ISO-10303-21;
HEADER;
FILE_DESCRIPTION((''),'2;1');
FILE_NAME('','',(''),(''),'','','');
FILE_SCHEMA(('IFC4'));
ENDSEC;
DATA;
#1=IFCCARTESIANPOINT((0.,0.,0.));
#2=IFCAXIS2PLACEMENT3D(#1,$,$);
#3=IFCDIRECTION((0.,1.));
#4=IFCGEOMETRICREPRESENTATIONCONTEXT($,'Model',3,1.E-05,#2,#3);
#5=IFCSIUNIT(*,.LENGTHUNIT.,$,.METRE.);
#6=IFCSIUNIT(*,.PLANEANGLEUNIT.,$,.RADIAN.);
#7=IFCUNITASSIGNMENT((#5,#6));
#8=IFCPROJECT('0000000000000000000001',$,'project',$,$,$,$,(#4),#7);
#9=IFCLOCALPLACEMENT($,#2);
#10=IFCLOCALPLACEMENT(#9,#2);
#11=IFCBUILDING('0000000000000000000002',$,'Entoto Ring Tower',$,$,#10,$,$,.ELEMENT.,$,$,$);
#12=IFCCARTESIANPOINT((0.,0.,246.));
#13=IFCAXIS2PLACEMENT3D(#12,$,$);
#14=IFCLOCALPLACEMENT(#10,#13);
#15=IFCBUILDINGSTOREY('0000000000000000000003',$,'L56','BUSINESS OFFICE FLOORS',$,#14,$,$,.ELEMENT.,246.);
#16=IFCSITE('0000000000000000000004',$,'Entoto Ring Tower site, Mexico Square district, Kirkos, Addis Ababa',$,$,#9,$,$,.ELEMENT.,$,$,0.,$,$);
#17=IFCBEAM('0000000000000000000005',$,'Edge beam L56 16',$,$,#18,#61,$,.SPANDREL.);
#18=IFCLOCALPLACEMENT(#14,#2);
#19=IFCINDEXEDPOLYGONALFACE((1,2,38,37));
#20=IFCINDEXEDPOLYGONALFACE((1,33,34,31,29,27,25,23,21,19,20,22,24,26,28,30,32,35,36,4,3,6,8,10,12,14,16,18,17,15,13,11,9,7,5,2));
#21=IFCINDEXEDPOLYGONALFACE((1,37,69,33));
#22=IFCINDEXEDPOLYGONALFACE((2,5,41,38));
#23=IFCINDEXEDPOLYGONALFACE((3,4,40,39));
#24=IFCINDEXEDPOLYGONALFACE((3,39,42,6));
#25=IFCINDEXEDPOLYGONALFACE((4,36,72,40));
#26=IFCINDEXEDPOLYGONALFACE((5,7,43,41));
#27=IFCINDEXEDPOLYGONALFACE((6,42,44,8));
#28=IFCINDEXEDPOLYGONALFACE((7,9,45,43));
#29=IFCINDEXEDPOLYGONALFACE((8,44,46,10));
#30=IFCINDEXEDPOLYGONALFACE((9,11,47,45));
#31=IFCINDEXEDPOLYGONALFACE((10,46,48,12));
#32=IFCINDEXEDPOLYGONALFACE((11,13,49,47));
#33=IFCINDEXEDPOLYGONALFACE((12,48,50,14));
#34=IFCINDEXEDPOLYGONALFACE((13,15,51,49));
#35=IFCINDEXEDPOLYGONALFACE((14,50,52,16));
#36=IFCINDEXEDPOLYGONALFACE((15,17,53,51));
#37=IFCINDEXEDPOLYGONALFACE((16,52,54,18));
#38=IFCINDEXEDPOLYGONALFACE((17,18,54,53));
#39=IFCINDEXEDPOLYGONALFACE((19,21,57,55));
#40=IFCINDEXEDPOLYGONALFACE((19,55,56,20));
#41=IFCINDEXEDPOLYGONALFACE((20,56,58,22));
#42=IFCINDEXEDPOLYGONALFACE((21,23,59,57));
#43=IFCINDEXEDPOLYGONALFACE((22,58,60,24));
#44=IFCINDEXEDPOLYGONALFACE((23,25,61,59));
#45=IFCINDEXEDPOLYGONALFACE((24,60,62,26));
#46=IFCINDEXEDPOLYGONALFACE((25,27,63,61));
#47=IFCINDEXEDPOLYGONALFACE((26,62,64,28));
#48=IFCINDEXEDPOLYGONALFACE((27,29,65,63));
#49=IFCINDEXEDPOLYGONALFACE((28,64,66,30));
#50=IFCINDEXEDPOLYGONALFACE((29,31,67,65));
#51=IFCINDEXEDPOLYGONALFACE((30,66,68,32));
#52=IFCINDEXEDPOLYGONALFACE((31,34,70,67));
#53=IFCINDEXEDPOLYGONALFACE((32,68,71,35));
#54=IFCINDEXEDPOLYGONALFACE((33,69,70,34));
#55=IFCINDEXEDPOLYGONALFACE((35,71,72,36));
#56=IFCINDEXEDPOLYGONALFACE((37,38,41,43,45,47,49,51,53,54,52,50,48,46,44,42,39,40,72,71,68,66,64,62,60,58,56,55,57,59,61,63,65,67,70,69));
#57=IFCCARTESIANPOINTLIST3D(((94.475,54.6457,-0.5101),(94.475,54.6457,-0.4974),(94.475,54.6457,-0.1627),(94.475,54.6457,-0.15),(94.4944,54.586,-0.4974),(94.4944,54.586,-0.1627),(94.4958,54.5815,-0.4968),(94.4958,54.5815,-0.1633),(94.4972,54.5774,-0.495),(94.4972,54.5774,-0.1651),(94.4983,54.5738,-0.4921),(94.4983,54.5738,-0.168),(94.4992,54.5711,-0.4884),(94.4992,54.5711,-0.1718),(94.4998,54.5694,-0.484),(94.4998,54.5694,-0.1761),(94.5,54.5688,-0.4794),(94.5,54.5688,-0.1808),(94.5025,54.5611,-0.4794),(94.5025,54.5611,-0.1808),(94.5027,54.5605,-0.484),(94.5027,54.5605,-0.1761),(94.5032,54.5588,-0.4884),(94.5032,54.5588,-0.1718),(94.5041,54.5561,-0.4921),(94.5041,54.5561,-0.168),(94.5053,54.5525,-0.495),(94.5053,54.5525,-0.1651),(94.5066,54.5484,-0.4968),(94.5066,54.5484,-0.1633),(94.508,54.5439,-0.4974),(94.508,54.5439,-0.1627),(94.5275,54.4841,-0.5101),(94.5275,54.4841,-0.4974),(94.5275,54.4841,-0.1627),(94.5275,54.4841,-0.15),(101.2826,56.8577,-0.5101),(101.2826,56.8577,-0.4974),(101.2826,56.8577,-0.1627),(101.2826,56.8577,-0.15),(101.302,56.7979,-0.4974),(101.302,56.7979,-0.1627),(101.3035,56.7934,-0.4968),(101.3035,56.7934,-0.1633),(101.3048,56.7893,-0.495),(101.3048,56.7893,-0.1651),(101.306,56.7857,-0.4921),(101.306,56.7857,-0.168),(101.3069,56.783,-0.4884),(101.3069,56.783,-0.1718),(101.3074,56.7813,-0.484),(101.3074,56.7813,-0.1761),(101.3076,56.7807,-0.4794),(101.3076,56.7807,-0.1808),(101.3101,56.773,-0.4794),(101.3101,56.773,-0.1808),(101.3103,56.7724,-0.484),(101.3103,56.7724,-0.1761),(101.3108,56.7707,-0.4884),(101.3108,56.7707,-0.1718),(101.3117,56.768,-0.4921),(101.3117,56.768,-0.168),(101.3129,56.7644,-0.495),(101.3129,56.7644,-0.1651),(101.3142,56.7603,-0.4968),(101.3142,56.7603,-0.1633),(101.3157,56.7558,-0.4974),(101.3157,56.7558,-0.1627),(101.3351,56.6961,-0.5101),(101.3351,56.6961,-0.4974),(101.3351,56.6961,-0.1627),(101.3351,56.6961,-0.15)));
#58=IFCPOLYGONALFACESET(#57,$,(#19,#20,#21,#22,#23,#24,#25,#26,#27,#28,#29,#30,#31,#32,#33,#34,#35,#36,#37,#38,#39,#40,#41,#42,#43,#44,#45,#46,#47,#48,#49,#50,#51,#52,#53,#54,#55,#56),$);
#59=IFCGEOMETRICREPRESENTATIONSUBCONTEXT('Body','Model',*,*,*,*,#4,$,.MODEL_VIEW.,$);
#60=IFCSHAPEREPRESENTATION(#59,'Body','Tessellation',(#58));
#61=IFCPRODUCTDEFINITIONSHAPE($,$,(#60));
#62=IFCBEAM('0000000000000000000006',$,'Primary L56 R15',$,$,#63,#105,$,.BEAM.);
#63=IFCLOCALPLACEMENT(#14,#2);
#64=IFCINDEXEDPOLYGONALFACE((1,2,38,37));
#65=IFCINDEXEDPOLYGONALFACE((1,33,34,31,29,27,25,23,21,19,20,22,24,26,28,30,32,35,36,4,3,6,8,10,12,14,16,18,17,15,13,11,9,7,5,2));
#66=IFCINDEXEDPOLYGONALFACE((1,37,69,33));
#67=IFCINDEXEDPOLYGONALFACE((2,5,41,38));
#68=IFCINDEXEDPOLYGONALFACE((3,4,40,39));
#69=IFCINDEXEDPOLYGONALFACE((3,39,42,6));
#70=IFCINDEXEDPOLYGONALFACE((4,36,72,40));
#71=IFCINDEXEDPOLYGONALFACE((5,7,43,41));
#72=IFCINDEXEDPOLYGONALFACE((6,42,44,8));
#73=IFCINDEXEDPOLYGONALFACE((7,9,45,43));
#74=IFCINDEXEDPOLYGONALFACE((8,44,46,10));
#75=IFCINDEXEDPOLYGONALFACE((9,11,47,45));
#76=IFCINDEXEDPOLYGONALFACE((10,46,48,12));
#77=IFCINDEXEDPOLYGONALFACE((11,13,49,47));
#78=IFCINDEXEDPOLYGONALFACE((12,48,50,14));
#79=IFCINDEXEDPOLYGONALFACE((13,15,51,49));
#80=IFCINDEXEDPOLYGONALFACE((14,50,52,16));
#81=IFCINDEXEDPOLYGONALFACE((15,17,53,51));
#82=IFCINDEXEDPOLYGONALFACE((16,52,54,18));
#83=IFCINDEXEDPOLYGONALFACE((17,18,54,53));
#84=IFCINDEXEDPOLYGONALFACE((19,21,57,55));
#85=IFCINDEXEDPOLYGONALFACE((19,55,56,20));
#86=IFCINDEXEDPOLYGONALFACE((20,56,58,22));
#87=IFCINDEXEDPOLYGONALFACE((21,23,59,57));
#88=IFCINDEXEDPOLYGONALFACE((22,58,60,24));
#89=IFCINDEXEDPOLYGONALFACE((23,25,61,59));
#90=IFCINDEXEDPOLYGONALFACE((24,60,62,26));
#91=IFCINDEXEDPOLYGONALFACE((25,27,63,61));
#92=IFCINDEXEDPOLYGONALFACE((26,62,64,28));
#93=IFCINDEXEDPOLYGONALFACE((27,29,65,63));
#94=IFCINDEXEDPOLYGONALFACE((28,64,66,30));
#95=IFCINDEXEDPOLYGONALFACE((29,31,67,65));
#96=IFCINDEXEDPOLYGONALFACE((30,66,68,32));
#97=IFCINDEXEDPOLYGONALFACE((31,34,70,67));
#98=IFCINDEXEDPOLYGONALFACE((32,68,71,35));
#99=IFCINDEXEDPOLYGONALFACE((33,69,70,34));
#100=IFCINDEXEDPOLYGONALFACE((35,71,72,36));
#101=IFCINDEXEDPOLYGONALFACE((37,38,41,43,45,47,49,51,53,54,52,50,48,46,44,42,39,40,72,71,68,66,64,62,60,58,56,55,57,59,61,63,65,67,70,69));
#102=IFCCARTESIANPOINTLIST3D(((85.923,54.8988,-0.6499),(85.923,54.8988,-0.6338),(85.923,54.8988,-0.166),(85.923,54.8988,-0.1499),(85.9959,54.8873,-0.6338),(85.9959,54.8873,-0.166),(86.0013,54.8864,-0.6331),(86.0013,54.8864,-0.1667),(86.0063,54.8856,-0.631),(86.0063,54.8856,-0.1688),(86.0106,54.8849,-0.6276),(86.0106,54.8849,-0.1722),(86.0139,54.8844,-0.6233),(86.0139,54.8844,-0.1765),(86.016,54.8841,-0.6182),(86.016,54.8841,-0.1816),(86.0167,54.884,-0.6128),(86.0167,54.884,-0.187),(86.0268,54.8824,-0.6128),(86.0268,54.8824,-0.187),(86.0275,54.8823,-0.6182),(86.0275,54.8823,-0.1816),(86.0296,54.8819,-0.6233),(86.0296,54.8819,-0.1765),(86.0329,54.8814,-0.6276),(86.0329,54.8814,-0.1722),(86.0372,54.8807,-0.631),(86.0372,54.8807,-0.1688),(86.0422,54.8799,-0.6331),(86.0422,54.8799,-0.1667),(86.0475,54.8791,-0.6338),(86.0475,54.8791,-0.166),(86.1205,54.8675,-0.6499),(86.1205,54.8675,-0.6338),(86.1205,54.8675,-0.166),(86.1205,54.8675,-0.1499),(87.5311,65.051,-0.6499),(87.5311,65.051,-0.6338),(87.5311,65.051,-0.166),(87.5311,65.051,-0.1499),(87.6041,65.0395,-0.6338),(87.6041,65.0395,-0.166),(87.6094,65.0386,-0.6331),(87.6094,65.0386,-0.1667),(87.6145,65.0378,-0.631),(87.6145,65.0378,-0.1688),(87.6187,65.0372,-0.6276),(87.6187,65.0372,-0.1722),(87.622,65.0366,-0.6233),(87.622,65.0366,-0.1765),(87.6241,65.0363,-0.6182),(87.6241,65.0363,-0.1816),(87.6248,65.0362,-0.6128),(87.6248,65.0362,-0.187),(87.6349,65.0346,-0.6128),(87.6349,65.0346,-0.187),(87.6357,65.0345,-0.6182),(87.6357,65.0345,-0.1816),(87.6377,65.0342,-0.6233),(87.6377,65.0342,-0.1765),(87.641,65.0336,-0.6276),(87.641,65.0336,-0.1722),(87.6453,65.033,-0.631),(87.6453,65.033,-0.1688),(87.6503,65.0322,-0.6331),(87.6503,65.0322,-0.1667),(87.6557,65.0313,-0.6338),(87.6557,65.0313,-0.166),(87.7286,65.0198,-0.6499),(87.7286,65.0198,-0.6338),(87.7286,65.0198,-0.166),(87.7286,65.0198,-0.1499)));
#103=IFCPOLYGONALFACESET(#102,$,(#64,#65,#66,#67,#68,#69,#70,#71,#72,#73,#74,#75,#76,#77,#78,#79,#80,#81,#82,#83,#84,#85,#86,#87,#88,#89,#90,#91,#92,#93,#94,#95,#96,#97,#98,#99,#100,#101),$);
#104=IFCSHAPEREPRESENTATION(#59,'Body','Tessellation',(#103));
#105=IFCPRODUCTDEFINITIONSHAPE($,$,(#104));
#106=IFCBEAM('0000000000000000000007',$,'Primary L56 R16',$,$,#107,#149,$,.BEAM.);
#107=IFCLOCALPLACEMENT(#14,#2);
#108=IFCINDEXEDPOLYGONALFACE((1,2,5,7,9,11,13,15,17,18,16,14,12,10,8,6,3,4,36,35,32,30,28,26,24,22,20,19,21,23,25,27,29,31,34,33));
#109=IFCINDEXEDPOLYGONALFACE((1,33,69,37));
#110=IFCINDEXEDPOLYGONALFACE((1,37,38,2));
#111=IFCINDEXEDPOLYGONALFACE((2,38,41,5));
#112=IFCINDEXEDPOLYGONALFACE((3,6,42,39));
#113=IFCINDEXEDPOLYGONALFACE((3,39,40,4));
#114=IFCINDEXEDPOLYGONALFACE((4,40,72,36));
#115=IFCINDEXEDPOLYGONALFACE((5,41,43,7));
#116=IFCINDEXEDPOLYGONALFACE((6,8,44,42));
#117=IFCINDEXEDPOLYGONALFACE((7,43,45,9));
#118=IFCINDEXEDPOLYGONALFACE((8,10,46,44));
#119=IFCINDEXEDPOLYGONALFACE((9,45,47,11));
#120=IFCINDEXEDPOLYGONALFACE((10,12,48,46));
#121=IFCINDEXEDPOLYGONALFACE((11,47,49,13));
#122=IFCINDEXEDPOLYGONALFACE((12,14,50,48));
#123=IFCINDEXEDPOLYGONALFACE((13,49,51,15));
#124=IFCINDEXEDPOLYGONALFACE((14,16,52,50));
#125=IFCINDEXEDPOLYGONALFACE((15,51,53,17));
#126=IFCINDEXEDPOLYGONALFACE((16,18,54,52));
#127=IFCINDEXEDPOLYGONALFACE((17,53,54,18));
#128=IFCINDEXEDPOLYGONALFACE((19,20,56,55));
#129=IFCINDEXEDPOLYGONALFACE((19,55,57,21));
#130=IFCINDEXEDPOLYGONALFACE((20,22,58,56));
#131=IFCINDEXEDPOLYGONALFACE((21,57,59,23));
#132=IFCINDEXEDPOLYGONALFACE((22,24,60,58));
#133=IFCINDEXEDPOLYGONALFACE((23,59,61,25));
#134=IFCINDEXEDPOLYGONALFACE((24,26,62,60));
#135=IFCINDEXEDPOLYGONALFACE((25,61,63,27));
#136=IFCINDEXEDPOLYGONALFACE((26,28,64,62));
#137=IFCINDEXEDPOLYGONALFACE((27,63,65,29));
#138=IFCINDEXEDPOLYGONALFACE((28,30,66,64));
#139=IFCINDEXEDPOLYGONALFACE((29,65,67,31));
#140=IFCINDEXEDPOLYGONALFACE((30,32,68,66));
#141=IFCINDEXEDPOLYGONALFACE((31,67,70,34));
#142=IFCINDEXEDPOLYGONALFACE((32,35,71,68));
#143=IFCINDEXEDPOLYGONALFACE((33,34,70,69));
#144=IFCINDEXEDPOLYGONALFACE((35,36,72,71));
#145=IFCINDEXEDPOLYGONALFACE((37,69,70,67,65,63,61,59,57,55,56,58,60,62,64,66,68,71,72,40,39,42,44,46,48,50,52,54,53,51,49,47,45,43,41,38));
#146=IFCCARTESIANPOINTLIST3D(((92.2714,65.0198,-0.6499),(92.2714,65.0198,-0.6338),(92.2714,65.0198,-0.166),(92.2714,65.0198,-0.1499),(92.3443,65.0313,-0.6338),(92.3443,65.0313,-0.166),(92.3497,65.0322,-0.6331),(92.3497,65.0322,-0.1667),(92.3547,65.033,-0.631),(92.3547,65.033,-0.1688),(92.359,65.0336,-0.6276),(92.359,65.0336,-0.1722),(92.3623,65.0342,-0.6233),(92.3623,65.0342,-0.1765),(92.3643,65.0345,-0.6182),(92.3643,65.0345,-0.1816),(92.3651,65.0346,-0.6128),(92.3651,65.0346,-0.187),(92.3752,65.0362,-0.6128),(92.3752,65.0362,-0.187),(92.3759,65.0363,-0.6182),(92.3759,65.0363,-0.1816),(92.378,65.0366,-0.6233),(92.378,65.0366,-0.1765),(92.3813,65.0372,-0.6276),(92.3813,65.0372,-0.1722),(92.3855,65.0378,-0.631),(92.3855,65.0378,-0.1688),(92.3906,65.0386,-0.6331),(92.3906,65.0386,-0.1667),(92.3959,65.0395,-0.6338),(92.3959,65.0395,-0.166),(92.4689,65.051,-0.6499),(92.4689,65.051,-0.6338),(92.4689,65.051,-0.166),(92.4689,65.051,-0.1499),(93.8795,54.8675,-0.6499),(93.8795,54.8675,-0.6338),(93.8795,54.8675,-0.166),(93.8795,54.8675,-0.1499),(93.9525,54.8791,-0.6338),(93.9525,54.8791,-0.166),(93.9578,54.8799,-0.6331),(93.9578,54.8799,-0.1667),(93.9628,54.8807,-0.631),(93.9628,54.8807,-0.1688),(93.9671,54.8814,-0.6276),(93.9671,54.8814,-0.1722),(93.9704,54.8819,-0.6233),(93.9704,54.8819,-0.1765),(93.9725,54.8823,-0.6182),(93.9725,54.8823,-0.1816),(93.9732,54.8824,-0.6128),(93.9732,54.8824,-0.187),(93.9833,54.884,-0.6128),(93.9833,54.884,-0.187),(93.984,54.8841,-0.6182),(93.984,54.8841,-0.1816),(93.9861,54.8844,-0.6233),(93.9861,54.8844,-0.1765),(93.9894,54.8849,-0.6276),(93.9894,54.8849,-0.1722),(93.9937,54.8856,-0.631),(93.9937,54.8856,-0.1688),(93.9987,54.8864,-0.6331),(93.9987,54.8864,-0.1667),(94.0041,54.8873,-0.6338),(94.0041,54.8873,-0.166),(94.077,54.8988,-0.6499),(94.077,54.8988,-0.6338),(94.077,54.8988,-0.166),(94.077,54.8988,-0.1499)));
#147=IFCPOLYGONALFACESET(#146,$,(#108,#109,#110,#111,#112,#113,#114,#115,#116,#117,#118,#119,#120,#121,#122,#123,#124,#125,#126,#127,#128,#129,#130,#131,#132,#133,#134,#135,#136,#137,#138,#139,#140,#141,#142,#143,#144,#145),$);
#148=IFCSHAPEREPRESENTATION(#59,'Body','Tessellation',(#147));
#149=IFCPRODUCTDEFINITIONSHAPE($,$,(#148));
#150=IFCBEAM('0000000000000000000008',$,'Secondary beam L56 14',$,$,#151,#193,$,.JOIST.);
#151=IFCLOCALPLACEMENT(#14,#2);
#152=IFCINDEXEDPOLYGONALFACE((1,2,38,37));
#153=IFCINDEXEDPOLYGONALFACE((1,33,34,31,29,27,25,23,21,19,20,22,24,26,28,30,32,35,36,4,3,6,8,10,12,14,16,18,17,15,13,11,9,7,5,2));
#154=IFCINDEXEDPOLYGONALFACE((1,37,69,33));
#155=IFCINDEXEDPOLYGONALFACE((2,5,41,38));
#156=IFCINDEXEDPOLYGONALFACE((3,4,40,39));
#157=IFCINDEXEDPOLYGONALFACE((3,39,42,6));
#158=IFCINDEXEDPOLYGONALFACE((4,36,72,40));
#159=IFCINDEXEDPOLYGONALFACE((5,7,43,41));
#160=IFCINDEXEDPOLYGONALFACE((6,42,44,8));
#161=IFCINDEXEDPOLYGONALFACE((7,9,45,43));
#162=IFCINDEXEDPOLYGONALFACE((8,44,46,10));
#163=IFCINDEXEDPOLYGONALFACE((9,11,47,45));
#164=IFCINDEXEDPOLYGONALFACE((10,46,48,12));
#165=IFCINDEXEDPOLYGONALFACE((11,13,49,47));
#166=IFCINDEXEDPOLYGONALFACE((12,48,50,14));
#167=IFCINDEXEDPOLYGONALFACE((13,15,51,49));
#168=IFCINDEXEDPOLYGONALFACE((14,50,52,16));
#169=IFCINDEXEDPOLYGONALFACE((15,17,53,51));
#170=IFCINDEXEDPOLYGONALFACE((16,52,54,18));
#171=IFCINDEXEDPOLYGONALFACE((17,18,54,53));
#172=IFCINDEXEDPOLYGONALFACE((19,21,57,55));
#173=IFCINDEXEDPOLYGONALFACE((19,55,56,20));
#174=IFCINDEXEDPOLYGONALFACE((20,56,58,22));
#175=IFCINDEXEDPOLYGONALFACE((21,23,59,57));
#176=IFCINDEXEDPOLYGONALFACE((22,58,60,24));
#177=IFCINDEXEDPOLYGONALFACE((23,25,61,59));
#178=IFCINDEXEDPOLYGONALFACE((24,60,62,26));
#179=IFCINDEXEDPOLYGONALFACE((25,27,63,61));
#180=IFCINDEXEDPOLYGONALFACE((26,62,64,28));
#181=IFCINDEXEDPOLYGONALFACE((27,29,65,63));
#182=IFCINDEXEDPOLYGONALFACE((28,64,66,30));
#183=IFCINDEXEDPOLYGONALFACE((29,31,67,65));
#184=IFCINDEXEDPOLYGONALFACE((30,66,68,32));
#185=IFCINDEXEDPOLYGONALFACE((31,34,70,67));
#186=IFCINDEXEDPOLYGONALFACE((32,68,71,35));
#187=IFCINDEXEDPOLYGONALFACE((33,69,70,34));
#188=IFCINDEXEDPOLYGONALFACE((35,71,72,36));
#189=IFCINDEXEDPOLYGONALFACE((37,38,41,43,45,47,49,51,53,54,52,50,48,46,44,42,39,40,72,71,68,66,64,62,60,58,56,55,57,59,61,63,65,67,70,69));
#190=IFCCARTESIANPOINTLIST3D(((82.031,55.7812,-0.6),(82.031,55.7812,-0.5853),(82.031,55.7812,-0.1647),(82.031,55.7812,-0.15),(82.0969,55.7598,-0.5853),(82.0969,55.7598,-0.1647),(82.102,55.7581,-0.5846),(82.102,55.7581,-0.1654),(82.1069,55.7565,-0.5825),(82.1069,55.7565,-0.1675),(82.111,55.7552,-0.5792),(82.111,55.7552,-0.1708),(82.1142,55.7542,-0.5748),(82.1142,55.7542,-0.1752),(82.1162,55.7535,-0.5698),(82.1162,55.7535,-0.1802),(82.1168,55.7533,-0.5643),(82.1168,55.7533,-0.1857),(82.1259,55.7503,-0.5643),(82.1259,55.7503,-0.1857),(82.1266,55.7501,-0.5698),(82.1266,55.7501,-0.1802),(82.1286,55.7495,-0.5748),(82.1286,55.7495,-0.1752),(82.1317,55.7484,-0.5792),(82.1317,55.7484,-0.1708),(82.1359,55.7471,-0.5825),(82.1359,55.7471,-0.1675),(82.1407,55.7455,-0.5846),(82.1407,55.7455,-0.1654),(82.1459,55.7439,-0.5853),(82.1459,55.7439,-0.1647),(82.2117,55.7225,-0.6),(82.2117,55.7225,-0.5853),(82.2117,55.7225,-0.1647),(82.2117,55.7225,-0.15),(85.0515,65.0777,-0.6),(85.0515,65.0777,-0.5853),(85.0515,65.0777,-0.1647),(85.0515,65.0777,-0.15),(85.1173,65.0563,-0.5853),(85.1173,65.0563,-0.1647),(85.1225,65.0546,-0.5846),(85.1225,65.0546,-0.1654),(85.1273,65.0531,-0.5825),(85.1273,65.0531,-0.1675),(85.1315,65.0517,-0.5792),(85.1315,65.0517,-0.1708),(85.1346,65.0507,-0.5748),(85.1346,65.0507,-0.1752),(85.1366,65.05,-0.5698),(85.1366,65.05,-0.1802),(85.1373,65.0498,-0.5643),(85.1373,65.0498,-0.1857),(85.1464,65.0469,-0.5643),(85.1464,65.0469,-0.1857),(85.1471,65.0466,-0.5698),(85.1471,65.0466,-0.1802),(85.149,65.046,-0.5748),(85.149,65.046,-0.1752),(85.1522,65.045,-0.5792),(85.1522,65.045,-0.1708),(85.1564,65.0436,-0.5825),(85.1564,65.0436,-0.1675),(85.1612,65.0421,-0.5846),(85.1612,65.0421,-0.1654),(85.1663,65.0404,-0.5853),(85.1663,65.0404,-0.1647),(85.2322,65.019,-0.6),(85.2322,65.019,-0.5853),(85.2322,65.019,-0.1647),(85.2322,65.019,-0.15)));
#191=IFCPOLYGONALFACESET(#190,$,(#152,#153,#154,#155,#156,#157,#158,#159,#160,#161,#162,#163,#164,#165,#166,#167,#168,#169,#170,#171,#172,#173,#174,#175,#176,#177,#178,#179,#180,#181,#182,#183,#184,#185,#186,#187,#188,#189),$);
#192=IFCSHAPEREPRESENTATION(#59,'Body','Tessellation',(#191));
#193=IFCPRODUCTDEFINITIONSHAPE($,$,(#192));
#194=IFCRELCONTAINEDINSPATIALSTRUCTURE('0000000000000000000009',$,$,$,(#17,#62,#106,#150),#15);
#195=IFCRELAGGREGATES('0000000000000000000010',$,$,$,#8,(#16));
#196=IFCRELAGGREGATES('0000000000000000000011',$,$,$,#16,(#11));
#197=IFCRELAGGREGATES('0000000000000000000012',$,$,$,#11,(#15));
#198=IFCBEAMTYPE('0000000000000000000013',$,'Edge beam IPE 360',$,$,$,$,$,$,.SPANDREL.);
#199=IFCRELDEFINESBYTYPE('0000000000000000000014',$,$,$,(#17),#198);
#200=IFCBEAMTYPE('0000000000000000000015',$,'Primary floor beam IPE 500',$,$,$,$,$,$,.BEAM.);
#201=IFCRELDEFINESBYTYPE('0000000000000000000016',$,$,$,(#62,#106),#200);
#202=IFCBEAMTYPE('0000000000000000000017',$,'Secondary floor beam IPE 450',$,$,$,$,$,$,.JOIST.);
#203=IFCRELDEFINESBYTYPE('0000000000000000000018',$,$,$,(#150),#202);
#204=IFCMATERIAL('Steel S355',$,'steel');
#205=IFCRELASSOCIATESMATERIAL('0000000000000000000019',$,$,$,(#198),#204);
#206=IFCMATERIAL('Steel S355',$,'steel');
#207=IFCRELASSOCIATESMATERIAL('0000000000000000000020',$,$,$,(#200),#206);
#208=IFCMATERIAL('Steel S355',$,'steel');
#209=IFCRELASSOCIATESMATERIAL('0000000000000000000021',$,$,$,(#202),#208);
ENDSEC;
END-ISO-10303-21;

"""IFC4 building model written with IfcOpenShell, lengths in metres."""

from ifc_helpers import new_model, si_unit, direction, frame, origin, origin_2d, place, context, subcontext, project, spatial, i_section, extrude, material, material_profile, profile_set, type_object, element, save


model = new_model("IFC4")

# Units and contexts
model_context = context("Model", 3, precision=1e-05, world=origin(), true_north=direction((0.0, 1.0)))
body_context = subcontext(model_context, "Body", "Model", "MODEL_VIEW")
ifc_project = project(units=[si_unit("LENGTHUNIT", "METRE"), si_unit("PLANEANGLEUNIT", "RADIAN")], contexts=[model_context])

# Site, building, storey
site_placement = place(None, origin())
site = spatial("IfcSite", under=ifc_project, at=site_placement, Name="Entoto Ring Tower site, Mexico Square district, Kirkos, Addis Ababa", CompositionType="ELEMENT", RefElevation=0.0)
building_placement = place(site_placement, origin())
building = spatial("IfcBuilding", under=site, at=building_placement, Name="Entoto Ring Tower", CompositionType="ELEMENT")
storey_placement = place(building_placement, frame((0.0, 0.0, 246.0)))
storey = spatial("IfcBuildingStorey", under=building, at=storey_placement, Name="L56", Description="BUSINESS OFFICE FLOORS", CompositionType="ELEMENT", Elevation=246.0)

# Beams
ifc_material_1 = material(Name="Steel S355", Category="steel")
ifc_material_profile_1 = material_profile(ifc_material_1, i_section(OverallWidth=0.1699, OverallDepth=0.3601, WebThickness=0.0081, FlangeThickness=0.0127, FilletRadius=0.0181, at=origin_2d()), Name="IPE 360")
ifc_profile_set_1 = profile_set([ifc_material_profile_1], Name="Steel S355")
beam_type_1 = type_object("IfcBeamType", Name="Edge beam IPE 360", PredefinedType="SPANDREL", material=ifc_profile_set_1)
beam_1_placement = place(storey_placement, frame((94.5012, 54.5649, -0.3301), z_axis=(0.951057, 0.309015, 0.0), x_axis=(-0.309015, 0.951057, 0.0)))
element("IfcBeam", 1, at=beam_1_placement, inside=storey, type_object=beam_type_1, Name="Edge beam L56 16", PredefinedType="SPANDREL", context=body_context, shape_type="SweptSolid", body=[
    extrude(i_section(OverallWidth=0.1699, OverallDepth=0.3601, WebThickness=0.0081, FlangeThickness=0.0127, FilletRadius=0.0181, at=origin_2d()), origin(), (0.0, 0.0, 1.0), 7.158),
])
ifc_material_2 = material(Name="Steel S355", Category="steel")
ifc_material_profile_2 = material_profile(ifc_material_2, i_section(OverallWidth=0.2, OverallDepth=0.5, WebThickness=0.0103, FlangeThickness=0.0161, FilletRadius=0.021, at=origin_2d()), Name="IPE 500")
ifc_profile_set_2 = profile_set([ifc_material_profile_2], Name="Steel S355")
beam_type_2 = type_object("IfcBeamType", Name="Primary floor beam IPE 500", PredefinedType="BEAM", material=ifc_profile_set_2)
for number, where, z_axis, x_axis, name in (
    (2, (87.6299, 65.0354, -0.3999), (-0.156452, -0.987686, 0.0), (0.987686, -0.156452, 0.0), "Primary L56 R15"),
    (3, (92.3701, 65.0354, -0.3999), (0.156452, -0.987686, 0.0), (0.987686, 0.156452, 0.0), "Primary L56 R16"),
):
    element("IfcBeam", number, at=place(storey_placement, frame(where, z_axis=z_axis, x_axis=x_axis)), inside=storey, type_object=beam_type_2, Name=name, PredefinedType="BEAM", context=body_context, shape_type="SweptSolid", body=[
        extrude(i_section(OverallWidth=0.2, OverallDepth=0.5, WebThickness=0.0103, FlangeThickness=0.0161, FilletRadius=0.021, at=origin_2d()), origin(), (0.0, 0.0, 1.0), 10.2788),
    ])
ifc_material_3 = material(Name="Steel S355", Category="steel")
ifc_material_profile_3 = material_profile(ifc_material_3, i_section(OverallWidth=0.1899, OverallDepth=0.45, WebThickness=0.0095, FlangeThickness=0.0146, FilletRadius=0.021, at=origin_2d()), Name="IPE 450")
ifc_profile_set_3 = profile_set([ifc_material_profile_3], Name="Steel S355")
beam_type_3 = type_object("IfcBeamType", Name="Secondary floor beam IPE 450", PredefinedType="JOIST", material=ifc_profile_set_3)
beam_2_placement = place(storey_placement, frame((85.1418, 65.0483, -0.375), z_axis=(-0.309003, -0.951061, 0.0), x_axis=(0.951061, -0.309003, 0.0)))
element("IfcBeam", 4, at=beam_2_placement, inside=storey, type_object=beam_type_3, Name="Secondary beam L56 14", PredefinedType="JOIST", context=body_context, shape_type="SweptSolid", body=[
    extrude(i_section(OverallWidth=0.1899, OverallDepth=0.45, WebThickness=0.0095, FlangeThickness=0.0146, FilletRadius=0.021, at=origin_2d()), origin(), (0.0, 0.0, 1.0), 9.7749),
])

save(model, "model.ifc")
